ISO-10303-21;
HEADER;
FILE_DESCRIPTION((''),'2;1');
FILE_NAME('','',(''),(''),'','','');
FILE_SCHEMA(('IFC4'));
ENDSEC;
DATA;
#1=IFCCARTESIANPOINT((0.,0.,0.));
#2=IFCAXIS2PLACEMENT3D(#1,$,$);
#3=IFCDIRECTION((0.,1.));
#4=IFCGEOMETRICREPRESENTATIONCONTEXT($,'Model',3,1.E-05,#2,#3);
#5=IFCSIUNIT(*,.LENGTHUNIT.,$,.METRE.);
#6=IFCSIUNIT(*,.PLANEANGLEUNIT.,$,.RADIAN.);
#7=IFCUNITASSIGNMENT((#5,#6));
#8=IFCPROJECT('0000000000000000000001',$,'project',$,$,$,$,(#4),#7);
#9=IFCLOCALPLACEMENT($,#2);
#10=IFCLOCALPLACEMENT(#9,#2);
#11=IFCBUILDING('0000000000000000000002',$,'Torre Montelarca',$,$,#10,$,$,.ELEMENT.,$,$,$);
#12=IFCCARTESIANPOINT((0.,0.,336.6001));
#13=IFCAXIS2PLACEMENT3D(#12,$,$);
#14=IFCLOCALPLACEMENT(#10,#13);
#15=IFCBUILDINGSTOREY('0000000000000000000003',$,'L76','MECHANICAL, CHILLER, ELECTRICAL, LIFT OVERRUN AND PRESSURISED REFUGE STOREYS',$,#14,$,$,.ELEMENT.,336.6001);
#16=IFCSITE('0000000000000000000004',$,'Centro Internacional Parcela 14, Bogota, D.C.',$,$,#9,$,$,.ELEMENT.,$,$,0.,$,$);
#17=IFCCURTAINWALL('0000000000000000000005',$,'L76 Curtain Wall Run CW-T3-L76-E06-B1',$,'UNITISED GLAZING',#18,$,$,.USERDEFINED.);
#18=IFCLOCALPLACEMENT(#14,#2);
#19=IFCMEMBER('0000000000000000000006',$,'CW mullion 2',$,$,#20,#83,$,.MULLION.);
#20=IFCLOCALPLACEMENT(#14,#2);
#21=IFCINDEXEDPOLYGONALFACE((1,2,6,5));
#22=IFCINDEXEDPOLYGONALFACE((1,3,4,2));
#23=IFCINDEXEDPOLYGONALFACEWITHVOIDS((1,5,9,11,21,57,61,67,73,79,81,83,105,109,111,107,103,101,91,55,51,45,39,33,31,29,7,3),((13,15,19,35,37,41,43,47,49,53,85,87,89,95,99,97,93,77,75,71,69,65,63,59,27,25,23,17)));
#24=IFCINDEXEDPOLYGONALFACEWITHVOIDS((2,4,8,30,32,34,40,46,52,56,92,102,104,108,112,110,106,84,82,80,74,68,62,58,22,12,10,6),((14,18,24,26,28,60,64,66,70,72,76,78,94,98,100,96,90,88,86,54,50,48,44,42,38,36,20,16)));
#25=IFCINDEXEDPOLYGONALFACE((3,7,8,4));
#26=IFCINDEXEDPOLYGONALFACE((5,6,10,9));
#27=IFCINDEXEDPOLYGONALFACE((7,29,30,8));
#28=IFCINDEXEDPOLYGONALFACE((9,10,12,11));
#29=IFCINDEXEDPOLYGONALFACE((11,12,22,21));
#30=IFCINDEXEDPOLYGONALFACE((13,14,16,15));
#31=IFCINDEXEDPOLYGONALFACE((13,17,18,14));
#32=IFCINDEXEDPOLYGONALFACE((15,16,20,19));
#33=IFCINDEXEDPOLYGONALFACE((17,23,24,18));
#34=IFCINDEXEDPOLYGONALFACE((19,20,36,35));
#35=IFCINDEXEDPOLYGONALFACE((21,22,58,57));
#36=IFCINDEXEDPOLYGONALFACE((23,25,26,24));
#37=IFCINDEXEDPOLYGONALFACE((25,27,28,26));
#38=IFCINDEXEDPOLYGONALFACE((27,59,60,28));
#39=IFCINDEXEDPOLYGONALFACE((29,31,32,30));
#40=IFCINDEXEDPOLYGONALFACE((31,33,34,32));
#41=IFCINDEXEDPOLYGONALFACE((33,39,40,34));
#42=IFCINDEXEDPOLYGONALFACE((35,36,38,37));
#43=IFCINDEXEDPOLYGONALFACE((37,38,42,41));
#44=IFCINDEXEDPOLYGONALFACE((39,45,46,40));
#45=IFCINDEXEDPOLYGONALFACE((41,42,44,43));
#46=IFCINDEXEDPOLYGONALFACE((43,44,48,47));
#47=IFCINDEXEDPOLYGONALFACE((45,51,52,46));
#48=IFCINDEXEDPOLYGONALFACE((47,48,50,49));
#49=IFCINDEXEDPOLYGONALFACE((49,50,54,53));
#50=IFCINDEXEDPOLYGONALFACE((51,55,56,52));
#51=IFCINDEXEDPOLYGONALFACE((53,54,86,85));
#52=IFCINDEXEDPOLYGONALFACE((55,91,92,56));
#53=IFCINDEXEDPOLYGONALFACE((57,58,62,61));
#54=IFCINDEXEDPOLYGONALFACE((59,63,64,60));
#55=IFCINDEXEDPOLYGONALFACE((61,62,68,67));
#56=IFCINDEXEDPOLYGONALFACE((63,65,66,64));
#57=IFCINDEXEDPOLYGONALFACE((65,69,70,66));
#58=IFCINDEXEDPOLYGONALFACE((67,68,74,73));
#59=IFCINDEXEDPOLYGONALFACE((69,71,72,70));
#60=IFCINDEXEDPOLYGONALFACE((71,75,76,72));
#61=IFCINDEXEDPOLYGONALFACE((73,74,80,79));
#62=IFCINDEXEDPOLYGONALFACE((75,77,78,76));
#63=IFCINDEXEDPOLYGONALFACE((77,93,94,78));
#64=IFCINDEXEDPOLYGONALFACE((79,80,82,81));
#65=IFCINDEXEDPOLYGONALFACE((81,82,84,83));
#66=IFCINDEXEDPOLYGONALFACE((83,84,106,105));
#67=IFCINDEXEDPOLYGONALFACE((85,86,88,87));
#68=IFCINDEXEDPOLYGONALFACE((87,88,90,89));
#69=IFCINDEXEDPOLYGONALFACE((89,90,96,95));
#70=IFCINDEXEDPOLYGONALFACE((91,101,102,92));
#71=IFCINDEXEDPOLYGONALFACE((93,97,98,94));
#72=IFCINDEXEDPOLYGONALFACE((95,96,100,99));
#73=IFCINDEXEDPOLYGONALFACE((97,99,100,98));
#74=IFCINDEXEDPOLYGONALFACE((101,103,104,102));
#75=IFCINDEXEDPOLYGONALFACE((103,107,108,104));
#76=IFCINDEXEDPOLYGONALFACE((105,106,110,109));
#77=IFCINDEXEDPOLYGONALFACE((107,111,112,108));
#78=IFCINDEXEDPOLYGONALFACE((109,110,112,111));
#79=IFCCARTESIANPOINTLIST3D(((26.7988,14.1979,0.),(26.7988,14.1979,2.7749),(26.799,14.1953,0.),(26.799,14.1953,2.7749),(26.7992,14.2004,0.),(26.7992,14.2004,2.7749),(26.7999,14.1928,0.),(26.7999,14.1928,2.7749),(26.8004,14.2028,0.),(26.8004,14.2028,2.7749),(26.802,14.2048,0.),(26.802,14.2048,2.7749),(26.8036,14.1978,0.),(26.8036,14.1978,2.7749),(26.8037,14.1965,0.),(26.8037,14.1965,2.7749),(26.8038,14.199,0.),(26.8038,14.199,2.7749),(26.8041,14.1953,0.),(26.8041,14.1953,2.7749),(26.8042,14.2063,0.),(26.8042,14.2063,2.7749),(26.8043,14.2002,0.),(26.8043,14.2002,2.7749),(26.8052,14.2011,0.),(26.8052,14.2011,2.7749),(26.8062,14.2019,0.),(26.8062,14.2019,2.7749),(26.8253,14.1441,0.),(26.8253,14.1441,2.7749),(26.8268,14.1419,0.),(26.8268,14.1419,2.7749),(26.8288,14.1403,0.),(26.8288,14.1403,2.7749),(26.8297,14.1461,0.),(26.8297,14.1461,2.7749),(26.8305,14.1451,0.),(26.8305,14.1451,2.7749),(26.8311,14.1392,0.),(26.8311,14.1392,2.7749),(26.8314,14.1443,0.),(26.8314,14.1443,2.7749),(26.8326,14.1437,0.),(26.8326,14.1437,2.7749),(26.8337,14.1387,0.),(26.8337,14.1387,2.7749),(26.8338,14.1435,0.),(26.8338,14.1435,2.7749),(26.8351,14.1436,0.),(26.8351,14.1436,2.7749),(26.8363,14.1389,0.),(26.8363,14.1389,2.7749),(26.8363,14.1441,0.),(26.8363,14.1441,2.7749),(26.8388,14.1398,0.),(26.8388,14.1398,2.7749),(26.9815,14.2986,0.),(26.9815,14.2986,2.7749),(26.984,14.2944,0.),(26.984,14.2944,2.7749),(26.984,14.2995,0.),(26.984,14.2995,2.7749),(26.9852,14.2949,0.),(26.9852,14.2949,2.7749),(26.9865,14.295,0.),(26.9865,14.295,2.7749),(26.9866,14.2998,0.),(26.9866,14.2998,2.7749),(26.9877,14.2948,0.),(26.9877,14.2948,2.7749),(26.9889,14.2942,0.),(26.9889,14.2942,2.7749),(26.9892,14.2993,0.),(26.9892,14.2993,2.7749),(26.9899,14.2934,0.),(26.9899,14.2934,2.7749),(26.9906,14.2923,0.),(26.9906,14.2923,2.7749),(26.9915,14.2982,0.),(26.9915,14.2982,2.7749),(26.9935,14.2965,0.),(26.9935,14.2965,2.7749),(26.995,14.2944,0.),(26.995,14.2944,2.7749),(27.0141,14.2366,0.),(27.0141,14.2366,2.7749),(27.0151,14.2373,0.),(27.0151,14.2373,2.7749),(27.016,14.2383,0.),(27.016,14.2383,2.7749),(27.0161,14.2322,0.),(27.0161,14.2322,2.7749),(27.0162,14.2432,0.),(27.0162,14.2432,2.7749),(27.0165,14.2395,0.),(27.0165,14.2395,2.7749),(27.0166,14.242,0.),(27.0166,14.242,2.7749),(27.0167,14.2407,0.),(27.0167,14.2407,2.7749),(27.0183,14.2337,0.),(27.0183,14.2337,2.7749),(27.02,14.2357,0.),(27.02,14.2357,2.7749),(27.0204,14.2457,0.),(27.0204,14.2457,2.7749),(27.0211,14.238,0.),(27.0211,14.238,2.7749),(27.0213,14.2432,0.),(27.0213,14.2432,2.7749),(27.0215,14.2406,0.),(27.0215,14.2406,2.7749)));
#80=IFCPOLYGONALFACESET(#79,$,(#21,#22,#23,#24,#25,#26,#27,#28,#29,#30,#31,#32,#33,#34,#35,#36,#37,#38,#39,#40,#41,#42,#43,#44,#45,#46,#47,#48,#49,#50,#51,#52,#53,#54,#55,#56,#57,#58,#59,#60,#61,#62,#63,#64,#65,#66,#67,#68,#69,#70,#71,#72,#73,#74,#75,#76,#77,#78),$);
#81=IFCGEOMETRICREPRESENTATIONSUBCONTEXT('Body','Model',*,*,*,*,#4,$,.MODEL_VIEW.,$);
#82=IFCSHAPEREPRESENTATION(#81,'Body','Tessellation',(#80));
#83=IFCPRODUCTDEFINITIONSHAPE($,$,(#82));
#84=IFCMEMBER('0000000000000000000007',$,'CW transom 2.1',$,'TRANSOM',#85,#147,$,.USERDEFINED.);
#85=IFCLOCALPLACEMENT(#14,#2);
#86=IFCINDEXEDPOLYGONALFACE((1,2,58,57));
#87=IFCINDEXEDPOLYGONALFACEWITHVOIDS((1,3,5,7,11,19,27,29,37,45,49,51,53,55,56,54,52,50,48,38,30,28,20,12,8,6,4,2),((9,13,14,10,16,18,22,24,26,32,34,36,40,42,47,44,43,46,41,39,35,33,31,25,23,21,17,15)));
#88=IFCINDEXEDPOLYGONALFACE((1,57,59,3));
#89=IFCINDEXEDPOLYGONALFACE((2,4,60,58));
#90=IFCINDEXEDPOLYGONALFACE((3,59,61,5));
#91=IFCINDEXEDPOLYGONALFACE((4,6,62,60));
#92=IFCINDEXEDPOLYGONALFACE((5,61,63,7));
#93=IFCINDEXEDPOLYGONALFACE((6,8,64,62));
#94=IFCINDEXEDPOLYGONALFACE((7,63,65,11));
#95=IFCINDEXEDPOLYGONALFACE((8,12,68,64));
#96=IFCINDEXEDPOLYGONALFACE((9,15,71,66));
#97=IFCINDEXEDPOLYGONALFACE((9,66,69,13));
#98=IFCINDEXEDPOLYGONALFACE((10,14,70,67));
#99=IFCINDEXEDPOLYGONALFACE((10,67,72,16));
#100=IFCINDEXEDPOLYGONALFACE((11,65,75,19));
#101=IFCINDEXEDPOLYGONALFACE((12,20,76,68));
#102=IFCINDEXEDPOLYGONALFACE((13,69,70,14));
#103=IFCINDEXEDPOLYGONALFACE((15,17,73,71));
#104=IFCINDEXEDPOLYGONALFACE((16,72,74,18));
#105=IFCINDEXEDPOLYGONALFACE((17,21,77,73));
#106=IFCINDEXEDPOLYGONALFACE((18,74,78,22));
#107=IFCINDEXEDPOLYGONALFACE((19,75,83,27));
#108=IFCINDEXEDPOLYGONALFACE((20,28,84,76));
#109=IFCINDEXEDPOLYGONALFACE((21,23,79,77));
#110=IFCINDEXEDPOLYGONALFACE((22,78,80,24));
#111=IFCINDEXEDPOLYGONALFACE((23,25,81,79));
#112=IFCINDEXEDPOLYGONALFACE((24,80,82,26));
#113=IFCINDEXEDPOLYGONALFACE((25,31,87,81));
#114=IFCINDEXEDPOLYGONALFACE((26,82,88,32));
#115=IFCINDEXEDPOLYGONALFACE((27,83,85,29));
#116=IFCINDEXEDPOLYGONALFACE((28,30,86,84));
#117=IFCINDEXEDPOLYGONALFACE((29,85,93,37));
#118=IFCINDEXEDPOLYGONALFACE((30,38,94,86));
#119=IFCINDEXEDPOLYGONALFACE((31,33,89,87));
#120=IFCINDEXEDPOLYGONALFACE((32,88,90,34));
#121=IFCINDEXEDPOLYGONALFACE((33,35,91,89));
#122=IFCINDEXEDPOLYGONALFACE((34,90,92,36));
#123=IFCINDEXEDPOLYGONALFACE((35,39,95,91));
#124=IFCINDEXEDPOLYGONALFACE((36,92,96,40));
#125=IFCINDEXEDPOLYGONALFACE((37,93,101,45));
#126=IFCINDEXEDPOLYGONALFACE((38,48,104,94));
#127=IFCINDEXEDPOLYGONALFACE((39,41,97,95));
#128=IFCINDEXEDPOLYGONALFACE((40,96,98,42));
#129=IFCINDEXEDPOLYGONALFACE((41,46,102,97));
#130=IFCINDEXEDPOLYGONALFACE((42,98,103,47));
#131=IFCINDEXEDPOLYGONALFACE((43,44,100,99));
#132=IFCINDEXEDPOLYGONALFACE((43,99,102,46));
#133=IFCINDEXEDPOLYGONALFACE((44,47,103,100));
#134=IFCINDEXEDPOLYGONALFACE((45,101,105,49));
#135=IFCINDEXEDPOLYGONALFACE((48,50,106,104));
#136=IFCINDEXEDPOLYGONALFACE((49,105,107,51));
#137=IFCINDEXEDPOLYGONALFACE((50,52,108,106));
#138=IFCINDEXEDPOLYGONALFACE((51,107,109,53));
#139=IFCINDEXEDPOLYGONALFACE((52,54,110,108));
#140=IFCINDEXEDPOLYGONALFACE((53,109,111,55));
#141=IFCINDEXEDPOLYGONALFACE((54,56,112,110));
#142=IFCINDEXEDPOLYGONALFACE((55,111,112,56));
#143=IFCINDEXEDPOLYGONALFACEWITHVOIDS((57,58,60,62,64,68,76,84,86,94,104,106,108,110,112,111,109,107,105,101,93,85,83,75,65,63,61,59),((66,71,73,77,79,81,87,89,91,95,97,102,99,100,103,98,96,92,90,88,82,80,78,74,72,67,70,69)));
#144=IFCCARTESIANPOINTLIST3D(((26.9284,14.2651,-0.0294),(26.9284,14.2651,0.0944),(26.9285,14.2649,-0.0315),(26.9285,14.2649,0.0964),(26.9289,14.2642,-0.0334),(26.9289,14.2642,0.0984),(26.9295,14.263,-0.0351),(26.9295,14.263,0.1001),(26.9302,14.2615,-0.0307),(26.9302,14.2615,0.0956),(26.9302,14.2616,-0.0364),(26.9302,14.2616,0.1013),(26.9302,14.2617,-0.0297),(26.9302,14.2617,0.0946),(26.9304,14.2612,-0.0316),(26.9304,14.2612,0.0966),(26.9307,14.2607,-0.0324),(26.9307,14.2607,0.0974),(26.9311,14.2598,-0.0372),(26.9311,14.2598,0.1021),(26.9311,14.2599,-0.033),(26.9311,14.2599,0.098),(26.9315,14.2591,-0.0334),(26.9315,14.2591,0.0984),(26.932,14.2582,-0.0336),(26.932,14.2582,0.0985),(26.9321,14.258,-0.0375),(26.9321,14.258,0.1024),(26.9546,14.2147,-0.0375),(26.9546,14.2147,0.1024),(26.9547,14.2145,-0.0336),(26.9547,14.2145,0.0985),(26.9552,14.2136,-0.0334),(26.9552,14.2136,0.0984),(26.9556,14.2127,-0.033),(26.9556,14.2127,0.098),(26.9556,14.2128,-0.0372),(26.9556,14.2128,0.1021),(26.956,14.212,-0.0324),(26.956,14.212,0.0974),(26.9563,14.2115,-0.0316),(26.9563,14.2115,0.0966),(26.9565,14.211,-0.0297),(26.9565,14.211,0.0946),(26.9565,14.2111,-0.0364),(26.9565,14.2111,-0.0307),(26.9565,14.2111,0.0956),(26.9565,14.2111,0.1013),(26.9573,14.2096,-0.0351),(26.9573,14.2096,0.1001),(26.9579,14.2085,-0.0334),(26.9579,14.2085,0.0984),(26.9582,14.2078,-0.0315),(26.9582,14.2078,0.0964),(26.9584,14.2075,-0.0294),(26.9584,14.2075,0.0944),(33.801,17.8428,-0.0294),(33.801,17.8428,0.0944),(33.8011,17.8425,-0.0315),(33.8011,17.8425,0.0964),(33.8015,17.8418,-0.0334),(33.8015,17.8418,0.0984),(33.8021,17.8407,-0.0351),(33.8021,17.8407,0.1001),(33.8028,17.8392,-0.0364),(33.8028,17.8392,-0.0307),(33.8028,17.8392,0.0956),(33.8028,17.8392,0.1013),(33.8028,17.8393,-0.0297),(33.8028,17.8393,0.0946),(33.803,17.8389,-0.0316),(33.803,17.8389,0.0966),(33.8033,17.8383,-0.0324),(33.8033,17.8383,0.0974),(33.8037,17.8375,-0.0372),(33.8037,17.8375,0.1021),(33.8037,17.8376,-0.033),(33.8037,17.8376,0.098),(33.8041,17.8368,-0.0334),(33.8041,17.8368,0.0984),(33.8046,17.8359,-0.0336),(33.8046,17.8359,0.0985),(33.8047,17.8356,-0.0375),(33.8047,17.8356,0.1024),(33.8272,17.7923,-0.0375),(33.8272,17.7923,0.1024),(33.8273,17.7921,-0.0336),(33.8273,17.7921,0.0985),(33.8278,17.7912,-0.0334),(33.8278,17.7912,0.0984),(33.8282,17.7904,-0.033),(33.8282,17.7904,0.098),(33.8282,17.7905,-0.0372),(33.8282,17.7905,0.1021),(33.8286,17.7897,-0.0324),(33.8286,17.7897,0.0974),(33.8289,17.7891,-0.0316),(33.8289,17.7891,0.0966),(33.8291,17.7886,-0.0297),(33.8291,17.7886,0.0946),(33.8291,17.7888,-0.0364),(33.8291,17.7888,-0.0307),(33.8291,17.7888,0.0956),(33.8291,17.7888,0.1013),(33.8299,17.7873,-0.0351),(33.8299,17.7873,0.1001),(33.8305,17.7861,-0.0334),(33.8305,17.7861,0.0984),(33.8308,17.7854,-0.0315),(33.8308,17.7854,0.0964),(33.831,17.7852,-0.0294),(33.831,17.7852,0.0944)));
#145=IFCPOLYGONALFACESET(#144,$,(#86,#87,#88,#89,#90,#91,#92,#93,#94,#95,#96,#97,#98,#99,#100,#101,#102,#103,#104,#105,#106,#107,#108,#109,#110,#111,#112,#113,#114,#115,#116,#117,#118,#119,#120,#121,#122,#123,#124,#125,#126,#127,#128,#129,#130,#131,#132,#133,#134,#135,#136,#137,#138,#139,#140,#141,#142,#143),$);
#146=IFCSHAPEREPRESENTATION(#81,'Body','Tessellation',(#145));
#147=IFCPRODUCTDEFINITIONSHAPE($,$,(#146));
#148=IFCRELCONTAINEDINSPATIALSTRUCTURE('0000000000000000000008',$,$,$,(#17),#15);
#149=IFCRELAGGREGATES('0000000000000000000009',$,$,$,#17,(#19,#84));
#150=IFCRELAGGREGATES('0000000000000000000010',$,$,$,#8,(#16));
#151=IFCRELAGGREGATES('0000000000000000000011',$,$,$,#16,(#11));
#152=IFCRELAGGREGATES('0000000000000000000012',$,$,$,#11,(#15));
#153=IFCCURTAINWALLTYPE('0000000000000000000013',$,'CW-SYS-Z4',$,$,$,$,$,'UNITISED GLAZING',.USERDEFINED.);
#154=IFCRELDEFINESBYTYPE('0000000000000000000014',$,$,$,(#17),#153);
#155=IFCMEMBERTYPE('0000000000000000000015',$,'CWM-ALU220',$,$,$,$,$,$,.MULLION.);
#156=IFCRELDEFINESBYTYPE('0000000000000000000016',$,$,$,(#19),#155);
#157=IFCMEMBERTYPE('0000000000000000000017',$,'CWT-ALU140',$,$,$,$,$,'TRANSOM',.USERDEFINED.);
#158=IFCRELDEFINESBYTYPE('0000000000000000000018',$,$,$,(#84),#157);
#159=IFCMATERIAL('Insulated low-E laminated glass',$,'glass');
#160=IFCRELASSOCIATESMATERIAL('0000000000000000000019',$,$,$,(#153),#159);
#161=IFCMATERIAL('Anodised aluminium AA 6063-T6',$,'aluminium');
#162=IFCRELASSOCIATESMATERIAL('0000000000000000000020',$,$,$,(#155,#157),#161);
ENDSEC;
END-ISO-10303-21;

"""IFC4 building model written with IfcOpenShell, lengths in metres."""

from ifc_helpers import new_model, si_unit, direction, frame, origin, origin_2d, place, context, subcontext, project, spatial, hollow_rectangle, extrude, source, transform, mapped, material, material_profile, profile_set, type_object, element, aggregate, save


model = new_model("IFC4")

# Units and contexts
model_context = context("Model", 3, precision=1e-05, world=origin(), true_north=direction((0.0, 1.0)))
body_context = subcontext(model_context, "Body", "Model", "MODEL_VIEW")
ifc_project = project(units=[si_unit("LENGTHUNIT", "METRE"), si_unit("PLANEANGLEUNIT", "RADIAN")], contexts=[model_context])

# Site, building, storey
site_placement = place(None, origin())
site = spatial("IfcSite", under=ifc_project, at=site_placement, Name="Centro Internacional Parcela 14, Bogota, D.C.", CompositionType="ELEMENT", RefElevation=0.0)
building_placement = place(site_placement, origin())
building = spatial("IfcBuilding", under=site, at=building_placement, Name="Torre Montelarca", CompositionType="ELEMENT")
storey_placement = place(building_placement, frame((0.0, 0.0, 336.6001)))
storey = spatial("IfcBuildingStorey", under=building, at=storey_placement, Name="L76", Description="MECHANICAL, CHILLER, ELECTRICAL, LIFT OVERRUN AND PRESSURISED REFUGE STOREYS", CompositionType="ELEMENT", Elevation=336.6001)

# Curtain wall, members
ifc_material_1 = material(Name="Insulated low-E laminated glass", Category="glass")
curtain_wall_type = type_object("IfcCurtainWallType", Name="CW-SYS-Z4", ElementType="UNITISED GLAZING", PredefinedType="USERDEFINED", material=ifc_material_1)
curtain_wall_placement = place(storey_placement, origin())
curtain_wall = element("IfcCurtainWall", 1, at=curtain_wall_placement, inside=storey, type_object=curtain_wall_type, Name="L76 Curtain Wall Run CW-T3-L76-E06-B1", ObjectType="UNITISED GLAZING", PredefinedType="USERDEFINED")
ifc_material_2 = material(Name="Anodised aluminium AA 6063-T6", Category="aluminium")
ifc_material_profile_1 = material_profile(ifc_material_2, hollow_rectangle(XDim=0.075, YDim=0.22, WallThickness=0.0049, InnerFilletRadius=0.0049, OuterFilletRadius=0.01, at=origin_2d()), Name="ALU75X220X5", Category="aluminium")
ifc_profile_set_1 = profile_set([ifc_material_profile_1], Name="Anodised aluminium AA 6063-T6")
member_type_1 = type_object("IfcMemberType", Name="CWM-ALU220", PredefinedType="MULLION", material=ifc_profile_set_1)
shared_shape_1 = source(origin(), body_context, "Body", "SweptSolid", [
    extrude(hollow_rectangle(XDim=0.075, YDim=0.22, WallThickness=0.0049, InnerFilletRadius=0.0049, OuterFilletRadius=0.01, at=origin_2d()), origin(), (0.0, 0.0, 1.0), 2.7749),
])
member_1_placement = place(storey_placement, frame((26.9102, 14.2192, 0.0), z_axis=(0.0, 0.0, 1.0), x_axis=(-0.461746, 0.887012, 0.0)))
member_1 = element("IfcMember", 2, at=member_1_placement, type_object=member_type_1, Name="CW mullion 2", PredefinedType="MULLION", context=body_context, shape_type="MappedRepresentation", body=[
    mapped(shared_shape_1, transform((0.0, 0.0, 0.0), scale=1.0)),
])
ifc_material_profile_2 = material_profile(ifc_material_2, hollow_rectangle(XDim=0.0649, YDim=0.1399, WallThickness=0.0039, InnerFilletRadius=0.0039, OuterFilletRadius=0.0081, at=origin_2d()), Name="ALU65X140X4", Category="aluminium")
ifc_profile_set_2 = profile_set([ifc_material_profile_2], Name="Anodised aluminium AA 6063-T6")
member_type_2 = type_object("IfcMemberType", Name="CWT-ALU140", ElementType="TRANSOM", PredefinedType="USERDEFINED", material=ifc_profile_set_2)
shared_shape_2 = source(origin(), body_context, "Body", "SweptSolid", [
    extrude(hollow_rectangle(XDim=0.0649, YDim=0.1399, WallThickness=0.0039, InnerFilletRadius=0.0039, OuterFilletRadius=0.0081, at=origin_2d()), origin(), (0.0, 0.0, 1.0), 7.748),
])
member_2_placement = place(storey_placement, frame((26.9434, 14.2363, 0.0325), z_axis=(0.88701, 0.46175, 0.0), x_axis=(-0.46175, 0.88701, 0.0)))
member_2 = element("IfcMember", 3, at=member_2_placement, type_object=member_type_2, Name="CW transom 2.1", ObjectType="TRANSOM", PredefinedType="USERDEFINED", context=body_context, shape_type="MappedRepresentation", body=[
    mapped(shared_shape_2, transform((0.0, 0.0, 0.0), scale=1.0)),
])
aggregate(curtain_wall, [member_1, member_2])

save(model, "model.ifc")
